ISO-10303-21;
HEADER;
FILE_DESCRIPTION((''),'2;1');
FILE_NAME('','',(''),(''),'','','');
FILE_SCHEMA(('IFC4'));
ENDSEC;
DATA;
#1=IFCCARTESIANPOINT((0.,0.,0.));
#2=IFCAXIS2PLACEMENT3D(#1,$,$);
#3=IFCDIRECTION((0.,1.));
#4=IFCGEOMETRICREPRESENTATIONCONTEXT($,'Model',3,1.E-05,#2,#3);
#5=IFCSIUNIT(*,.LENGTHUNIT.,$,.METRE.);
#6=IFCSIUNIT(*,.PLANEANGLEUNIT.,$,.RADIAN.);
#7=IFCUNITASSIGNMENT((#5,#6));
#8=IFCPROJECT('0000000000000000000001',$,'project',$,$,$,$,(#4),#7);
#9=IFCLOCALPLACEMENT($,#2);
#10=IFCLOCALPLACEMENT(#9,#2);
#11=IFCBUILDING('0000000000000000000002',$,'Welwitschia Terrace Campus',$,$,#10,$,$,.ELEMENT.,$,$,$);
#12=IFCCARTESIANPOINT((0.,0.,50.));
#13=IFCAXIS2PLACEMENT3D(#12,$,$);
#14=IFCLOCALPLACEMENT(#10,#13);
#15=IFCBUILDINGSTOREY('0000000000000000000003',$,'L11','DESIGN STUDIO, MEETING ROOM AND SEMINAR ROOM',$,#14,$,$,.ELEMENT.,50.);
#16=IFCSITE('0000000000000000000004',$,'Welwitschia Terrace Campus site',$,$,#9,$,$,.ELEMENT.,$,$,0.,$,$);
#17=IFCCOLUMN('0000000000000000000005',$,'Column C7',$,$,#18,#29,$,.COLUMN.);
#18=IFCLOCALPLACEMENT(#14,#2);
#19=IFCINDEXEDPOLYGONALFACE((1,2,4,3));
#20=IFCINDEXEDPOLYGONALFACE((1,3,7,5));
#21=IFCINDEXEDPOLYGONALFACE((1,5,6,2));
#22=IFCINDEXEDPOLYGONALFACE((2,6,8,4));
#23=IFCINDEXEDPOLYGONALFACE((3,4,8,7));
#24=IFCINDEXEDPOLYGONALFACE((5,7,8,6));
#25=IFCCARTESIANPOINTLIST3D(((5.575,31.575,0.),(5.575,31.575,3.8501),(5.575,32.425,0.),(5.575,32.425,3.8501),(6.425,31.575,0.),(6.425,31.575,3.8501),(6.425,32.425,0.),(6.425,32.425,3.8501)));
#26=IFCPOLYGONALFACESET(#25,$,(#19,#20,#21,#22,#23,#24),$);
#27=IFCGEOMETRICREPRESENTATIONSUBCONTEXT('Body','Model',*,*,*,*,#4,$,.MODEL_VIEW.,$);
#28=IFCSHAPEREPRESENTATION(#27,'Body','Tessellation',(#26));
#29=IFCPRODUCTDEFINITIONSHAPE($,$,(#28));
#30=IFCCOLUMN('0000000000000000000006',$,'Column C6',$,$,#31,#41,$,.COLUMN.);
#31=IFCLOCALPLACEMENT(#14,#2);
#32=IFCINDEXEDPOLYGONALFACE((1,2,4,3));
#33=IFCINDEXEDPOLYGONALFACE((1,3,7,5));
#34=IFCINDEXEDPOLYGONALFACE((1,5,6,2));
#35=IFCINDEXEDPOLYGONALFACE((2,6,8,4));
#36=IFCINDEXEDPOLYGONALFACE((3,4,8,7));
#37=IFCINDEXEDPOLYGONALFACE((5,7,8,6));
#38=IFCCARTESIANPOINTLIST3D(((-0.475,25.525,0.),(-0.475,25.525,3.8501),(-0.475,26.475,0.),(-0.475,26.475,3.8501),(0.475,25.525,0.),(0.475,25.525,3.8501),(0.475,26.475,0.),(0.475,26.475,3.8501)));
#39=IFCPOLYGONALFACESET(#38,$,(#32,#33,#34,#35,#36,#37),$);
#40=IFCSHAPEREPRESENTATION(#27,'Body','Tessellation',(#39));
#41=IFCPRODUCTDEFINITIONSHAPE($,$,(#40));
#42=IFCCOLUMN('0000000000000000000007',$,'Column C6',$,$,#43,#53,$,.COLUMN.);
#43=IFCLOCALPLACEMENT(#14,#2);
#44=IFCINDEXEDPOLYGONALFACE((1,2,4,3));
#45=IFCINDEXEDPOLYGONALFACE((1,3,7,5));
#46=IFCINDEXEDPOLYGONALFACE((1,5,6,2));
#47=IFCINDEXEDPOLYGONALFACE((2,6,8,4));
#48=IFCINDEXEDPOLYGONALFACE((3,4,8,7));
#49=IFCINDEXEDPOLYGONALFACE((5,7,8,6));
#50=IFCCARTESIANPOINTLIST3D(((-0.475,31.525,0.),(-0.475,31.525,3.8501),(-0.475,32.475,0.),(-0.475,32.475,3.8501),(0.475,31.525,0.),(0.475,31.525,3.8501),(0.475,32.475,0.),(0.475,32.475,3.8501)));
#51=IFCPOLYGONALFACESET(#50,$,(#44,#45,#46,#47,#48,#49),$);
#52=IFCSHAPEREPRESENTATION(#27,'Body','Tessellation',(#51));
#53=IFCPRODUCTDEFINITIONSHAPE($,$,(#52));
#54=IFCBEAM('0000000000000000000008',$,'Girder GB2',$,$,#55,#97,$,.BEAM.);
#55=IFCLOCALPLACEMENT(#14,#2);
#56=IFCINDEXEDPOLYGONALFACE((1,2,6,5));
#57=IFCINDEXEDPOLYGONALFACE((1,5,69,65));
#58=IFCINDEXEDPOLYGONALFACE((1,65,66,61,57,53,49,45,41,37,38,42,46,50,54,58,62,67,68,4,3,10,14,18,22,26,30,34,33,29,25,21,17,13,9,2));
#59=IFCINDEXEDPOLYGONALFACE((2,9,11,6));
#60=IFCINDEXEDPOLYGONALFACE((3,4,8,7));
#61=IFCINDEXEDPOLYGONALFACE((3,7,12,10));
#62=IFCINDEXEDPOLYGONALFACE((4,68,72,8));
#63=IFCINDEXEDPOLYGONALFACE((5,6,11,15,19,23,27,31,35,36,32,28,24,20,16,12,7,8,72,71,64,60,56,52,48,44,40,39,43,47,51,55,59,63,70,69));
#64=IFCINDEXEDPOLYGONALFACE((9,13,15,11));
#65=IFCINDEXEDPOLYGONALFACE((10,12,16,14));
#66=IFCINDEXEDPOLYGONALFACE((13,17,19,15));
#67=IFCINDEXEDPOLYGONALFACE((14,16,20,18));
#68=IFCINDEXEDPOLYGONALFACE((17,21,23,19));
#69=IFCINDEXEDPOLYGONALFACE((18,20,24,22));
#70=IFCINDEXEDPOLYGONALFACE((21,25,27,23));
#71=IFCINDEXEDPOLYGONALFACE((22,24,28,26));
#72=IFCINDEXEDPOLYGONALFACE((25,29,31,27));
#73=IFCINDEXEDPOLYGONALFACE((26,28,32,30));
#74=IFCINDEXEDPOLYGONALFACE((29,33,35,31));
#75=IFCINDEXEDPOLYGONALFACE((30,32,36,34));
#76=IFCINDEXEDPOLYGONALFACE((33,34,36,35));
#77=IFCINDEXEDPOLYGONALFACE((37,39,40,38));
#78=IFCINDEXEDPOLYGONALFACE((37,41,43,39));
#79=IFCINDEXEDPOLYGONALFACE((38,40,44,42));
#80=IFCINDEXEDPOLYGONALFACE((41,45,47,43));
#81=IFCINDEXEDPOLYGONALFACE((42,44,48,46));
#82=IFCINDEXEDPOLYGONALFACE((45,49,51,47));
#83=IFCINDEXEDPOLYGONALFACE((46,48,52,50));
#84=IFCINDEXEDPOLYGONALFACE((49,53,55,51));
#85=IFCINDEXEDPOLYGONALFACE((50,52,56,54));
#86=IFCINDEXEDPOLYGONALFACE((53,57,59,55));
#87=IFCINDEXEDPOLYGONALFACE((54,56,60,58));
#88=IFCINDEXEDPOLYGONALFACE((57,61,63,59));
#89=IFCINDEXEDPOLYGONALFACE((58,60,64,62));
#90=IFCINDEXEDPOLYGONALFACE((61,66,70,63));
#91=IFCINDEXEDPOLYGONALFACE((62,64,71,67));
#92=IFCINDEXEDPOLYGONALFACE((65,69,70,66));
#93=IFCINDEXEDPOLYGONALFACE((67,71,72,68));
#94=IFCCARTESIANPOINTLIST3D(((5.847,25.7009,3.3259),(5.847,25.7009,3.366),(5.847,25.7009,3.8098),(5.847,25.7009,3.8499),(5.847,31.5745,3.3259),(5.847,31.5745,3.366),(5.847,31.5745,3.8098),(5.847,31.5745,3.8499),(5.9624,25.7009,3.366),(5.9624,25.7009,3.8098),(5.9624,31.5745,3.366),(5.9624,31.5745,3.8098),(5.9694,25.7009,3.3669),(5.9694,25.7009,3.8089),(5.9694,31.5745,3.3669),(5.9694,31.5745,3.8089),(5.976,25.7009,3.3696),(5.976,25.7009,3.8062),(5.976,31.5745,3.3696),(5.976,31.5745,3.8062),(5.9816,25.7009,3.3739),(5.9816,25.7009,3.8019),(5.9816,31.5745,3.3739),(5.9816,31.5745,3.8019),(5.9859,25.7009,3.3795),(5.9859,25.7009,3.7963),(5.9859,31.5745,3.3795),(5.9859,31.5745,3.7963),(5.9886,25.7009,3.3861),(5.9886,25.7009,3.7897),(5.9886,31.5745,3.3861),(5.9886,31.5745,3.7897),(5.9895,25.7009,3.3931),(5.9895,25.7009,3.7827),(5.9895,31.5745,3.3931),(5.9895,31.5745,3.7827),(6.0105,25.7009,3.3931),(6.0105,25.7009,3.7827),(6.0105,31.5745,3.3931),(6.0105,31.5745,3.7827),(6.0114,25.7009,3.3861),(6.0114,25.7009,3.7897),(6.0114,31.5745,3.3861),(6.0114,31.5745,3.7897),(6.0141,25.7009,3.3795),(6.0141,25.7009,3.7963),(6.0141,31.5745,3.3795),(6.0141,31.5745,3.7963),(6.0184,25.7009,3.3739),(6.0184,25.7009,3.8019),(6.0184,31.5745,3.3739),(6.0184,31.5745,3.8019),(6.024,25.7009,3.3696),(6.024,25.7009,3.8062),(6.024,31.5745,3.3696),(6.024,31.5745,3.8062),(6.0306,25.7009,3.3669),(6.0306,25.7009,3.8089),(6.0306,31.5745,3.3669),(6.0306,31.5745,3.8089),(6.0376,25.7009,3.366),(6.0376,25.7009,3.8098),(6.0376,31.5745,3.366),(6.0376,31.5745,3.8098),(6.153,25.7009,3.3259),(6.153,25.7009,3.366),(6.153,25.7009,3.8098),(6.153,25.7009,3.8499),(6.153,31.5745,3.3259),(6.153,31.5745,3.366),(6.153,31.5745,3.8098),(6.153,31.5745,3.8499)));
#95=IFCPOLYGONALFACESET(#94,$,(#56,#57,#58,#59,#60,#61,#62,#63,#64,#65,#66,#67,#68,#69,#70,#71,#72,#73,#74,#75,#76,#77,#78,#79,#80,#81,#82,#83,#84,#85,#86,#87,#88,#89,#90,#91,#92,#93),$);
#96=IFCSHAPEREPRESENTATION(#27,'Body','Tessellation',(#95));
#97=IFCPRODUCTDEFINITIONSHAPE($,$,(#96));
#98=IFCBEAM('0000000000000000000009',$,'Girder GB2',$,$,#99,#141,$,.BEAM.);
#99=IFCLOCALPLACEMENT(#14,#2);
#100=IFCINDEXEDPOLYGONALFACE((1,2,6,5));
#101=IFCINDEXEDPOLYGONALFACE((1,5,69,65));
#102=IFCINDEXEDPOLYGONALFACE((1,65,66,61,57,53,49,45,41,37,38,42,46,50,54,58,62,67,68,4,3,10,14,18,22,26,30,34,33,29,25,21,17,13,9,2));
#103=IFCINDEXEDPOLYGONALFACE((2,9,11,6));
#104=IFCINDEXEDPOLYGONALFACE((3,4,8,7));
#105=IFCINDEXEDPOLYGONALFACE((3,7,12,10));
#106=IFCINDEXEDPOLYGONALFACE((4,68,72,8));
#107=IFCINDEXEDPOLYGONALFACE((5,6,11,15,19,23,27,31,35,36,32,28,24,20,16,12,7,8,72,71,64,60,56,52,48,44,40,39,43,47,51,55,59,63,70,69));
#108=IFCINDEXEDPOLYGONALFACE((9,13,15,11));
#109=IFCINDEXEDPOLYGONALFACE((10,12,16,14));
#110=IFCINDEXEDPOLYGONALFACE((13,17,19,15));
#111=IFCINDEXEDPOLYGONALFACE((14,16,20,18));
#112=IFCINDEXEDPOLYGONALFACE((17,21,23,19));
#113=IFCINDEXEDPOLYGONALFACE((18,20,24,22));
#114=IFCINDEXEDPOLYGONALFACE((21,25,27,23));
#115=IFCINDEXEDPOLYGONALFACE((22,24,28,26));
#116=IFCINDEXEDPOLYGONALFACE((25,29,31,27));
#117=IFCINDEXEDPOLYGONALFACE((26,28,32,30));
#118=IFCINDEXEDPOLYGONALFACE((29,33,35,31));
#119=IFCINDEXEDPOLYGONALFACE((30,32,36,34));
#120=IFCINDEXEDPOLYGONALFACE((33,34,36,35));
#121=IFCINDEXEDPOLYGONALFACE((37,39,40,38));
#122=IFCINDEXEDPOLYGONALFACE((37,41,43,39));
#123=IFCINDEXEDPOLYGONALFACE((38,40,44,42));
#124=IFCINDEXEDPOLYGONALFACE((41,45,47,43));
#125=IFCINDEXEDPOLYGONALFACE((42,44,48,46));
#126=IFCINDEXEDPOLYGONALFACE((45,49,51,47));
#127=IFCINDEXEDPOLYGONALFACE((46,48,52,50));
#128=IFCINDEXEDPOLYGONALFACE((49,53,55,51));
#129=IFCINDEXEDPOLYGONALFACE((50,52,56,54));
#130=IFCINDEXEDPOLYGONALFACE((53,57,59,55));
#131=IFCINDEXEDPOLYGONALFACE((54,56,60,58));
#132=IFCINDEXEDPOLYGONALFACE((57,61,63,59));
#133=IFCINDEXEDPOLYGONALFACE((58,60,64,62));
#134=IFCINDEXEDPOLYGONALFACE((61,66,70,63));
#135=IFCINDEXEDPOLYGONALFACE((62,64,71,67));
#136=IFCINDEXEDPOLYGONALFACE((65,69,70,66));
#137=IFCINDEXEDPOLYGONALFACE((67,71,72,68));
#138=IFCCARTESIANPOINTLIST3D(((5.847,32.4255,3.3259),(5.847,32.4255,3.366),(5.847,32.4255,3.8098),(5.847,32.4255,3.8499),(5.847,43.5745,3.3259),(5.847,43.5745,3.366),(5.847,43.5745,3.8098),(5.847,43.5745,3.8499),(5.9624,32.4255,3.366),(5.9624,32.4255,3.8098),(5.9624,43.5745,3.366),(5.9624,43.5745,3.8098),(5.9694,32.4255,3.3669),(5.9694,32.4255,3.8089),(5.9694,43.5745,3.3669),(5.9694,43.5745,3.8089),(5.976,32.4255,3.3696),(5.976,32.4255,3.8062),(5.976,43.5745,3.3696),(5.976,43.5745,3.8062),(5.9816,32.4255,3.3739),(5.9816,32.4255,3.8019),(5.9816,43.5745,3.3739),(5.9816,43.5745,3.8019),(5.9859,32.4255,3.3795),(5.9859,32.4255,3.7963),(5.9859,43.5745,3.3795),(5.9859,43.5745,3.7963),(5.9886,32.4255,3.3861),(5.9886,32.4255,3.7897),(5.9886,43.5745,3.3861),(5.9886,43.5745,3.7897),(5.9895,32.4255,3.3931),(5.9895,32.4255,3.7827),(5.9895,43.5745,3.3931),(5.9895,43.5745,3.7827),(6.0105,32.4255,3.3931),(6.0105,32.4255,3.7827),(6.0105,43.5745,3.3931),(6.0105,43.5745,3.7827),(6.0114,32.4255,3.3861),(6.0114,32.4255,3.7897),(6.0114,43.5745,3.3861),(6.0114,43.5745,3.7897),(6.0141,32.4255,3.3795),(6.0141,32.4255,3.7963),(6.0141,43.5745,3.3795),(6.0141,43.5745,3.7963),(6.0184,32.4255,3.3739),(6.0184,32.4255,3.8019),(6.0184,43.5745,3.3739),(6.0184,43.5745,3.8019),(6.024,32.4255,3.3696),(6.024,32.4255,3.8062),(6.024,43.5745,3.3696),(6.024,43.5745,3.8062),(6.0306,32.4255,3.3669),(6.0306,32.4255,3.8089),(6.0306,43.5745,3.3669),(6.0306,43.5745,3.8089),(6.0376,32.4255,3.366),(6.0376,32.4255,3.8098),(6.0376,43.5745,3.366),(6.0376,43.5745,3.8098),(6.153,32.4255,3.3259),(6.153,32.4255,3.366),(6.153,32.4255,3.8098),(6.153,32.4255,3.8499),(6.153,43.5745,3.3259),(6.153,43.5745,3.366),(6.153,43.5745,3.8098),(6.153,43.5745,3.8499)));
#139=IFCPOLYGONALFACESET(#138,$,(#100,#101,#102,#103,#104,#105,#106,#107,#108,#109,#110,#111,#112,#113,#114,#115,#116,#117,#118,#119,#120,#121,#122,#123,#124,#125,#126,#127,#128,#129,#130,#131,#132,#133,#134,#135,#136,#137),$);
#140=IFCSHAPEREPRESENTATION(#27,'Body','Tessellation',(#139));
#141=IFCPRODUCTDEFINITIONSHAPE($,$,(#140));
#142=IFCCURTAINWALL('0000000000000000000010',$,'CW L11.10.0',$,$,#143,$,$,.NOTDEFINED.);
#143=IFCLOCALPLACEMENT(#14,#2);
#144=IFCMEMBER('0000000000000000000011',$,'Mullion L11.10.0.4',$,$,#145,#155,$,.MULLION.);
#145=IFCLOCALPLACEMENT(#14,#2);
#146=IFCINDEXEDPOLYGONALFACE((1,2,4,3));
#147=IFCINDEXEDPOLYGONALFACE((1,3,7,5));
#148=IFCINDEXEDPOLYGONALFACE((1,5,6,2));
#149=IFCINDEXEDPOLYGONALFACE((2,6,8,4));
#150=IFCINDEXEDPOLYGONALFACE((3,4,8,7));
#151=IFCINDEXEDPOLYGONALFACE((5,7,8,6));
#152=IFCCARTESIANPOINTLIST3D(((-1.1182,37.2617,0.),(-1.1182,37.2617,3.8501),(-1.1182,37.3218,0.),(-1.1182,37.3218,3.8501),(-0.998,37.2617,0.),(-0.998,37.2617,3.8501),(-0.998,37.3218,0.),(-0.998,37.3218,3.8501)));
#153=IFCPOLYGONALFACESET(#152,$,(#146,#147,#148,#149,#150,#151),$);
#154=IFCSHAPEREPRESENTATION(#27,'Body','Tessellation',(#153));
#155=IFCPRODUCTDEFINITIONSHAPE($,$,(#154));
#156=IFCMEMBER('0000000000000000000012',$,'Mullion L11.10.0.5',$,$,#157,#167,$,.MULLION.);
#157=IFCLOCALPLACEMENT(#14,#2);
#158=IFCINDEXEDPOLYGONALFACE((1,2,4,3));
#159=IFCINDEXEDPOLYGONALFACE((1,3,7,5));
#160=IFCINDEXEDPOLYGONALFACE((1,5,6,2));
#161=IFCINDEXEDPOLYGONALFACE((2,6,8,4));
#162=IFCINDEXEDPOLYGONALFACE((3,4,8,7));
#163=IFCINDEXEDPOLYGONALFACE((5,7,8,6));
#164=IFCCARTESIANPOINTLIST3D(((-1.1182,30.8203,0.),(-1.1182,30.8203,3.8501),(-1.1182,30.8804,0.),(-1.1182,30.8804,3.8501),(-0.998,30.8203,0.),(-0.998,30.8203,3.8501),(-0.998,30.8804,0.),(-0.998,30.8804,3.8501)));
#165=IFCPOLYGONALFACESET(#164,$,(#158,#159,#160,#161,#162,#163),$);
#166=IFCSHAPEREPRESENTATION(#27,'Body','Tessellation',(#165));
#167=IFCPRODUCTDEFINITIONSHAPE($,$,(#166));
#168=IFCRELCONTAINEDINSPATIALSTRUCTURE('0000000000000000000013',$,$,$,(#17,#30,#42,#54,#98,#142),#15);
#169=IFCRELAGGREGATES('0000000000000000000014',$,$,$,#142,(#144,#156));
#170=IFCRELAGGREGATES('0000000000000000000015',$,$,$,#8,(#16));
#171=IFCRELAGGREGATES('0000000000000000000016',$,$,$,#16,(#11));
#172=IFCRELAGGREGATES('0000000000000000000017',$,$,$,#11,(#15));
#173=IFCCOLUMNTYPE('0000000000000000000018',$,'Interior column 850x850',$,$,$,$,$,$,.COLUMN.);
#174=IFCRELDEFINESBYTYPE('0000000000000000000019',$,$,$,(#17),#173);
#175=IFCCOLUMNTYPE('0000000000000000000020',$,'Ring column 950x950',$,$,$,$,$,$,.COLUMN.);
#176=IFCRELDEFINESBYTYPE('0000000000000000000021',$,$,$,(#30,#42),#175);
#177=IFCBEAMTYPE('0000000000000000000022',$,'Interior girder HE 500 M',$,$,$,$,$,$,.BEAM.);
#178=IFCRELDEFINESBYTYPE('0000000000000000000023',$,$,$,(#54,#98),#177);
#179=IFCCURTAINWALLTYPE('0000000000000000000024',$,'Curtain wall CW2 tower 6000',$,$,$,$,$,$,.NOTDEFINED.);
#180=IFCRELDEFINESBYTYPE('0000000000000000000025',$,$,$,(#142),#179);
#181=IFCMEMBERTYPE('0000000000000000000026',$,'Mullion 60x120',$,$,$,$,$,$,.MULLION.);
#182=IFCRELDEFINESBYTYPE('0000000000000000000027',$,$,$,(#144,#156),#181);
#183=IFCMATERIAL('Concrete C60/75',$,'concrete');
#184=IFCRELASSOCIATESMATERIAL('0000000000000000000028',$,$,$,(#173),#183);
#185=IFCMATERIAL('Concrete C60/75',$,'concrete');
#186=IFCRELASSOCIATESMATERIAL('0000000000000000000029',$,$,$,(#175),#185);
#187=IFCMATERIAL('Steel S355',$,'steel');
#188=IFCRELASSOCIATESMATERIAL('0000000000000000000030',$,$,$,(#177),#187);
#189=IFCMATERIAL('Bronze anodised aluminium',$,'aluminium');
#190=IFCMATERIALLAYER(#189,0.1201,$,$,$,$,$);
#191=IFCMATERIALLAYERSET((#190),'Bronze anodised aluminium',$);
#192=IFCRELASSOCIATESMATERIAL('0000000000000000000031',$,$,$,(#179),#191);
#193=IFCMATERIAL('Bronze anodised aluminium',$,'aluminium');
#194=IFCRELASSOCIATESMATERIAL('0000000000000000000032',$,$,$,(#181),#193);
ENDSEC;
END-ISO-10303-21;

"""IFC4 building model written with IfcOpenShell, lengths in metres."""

from ifc_helpers import new_model, si_unit, direction, frame, origin, origin_2d, place, context, subcontext, project, spatial, rectangle, i_section, extrude, material, layer, layer_set, material_profile, profile_set, type_object, element, aggregate, save


model = new_model("IFC4")

# Units and contexts
model_context = context("Model", 3, precision=1e-05, world=origin(), true_north=direction((0.0, 1.0)))
body_context = subcontext(model_context, "Body", "Model", "MODEL_VIEW")
ifc_project = project(units=[si_unit("LENGTHUNIT", "METRE"), si_unit("PLANEANGLEUNIT", "RADIAN")], contexts=[model_context])

# Site, building, storey
site_placement = place(None, origin())
site = spatial("IfcSite", under=ifc_project, at=site_placement, Name="Welwitschia Terrace Campus site", CompositionType="ELEMENT", RefElevation=0.0)
building_placement = place(site_placement, origin())
building = spatial("IfcBuilding", under=site, at=building_placement, Name="Welwitschia Terrace Campus", CompositionType="ELEMENT")
storey_placement = place(building_placement, frame((0.0, 0.0, 50.0)))
storey = spatial("IfcBuildingStorey", under=building, at=storey_placement, Name="L11", Description="DESIGN STUDIO, MEETING ROOM AND SEMINAR ROOM", CompositionType="ELEMENT", Elevation=50.0)

# Columns
ifc_material_1 = material(Name="Concrete C60/75", Category="concrete")
ifc_material_profile_1 = material_profile(ifc_material_1, rectangle(XDim=0.8501, YDim=0.8501, at=origin_2d()))
ifc_profile_set_1 = profile_set([ifc_material_profile_1], Name="Concrete C60/75")
column_type_1 = type_object("IfcColumnType", Name="Interior column 850x850", PredefinedType="COLUMN", material=ifc_profile_set_1)
column_placement = place(storey_placement, frame((6.0, 32.0, 0.0), z_axis=(0.0, 0.0, 1.0), x_axis=(1.0, 0.0, 0.0)))
element("IfcColumn", 1, at=column_placement, inside=storey, type_object=column_type_1, Name="Column C7", PredefinedType="COLUMN", context=body_context, shape_type="SweptSolid", body=[
    extrude(rectangle(XDim=0.8501, YDim=0.8501, at=origin_2d()), origin(), (0.0, 0.0, 1.0), 3.8501),
])
ifc_material_2 = material(Name="Concrete C60/75", Category="concrete")
ifc_material_profile_2 = material_profile(ifc_material_2, rectangle(XDim=0.95, YDim=0.95, at=origin_2d()))
ifc_profile_set_2 = profile_set([ifc_material_profile_2], Name="Concrete C60/75")
column_type_2 = type_object("IfcColumnType", Name="Ring column 950x950", PredefinedType="COLUMN", material=ifc_profile_set_2)
for number, where, z_axis, x_axis, name in (
    (2, (0.0, 26.0, 0.0), (0.0, 0.0, 1.0), (1.0, 0.0, 0.0), "Column C6"),
    (3, (0.0, 32.0, 0.0), (0.0, 0.0, 1.0), (1.0, 0.0, 0.0), "Column C6"),
):
    element("IfcColumn", number, at=place(storey_placement, frame(where, z_axis=z_axis, x_axis=x_axis)), inside=storey, type_object=column_type_2, Name=name, PredefinedType="COLUMN", context=body_context, shape_type="SweptSolid", body=[
        extrude(rectangle(XDim=0.95, YDim=0.95, at=origin_2d()), origin(), (0.0, 0.0, 1.0), 3.8501),
    ])

# Beams
ifc_material_3 = material(Name="Steel S355", Category="steel")
ifc_material_profile_3 = material_profile(ifc_material_3, i_section(OverallWidth=0.3059, OverallDepth=0.5239, WebThickness=0.021, FlangeThickness=0.04, FilletRadius=0.0271, at=origin_2d()))
ifc_profile_set_3 = profile_set([ifc_material_profile_3], Name="Steel S355")
beam_type_1 = type_object("IfcBeamType", Name="Interior girder HE 500 M", PredefinedType="BEAM", material=ifc_profile_set_3)
beam_1_placement = place(storey_placement, frame((6.0, 25.7009, 3.5879), z_axis=(0.0, 1.0, 0.0), x_axis=(-1.0, 0.0, 0.0)))
element("IfcBeam", 4, at=beam_1_placement, inside=storey, type_object=beam_type_1, Name="Girder GB2", PredefinedType="BEAM", context=body_context, shape_type="SweptSolid", body=[
    extrude(i_section(OverallWidth=0.3059, OverallDepth=0.5239, WebThickness=0.021, FlangeThickness=0.04, FilletRadius=0.0271, at=origin_2d()), origin(), (0.0, 0.0, 1.0), 5.8735),
])
beam_2_placement = place(storey_placement, frame((6.0, 32.4255, 3.5879), z_axis=(0.0, 1.0, 0.0), x_axis=(-1.0, 0.0, 0.0)))
element("IfcBeam", 5, at=beam_2_placement, inside=storey, type_object=beam_type_1, Name="Girder GB2", PredefinedType="BEAM", context=body_context, shape_type="SweptSolid", body=[
    extrude(i_section(OverallWidth=0.3059, OverallDepth=0.5239, WebThickness=0.021, FlangeThickness=0.04, FilletRadius=0.0271, at=origin_2d()), origin(), (0.0, 0.0, 1.0), 11.1489),
])

# Curtain wall, members
ifc_material_4 = material(Name="Bronze anodised aluminium", Category="aluminium")
ifc_layer_1 = layer(ifc_material_4, 0.1201)
ifc_layer_set_1 = layer_set([ifc_layer_1], Name="Bronze anodised aluminium")
curtain_wall_type = type_object("IfcCurtainWallType", Name="Curtain wall CW2 tower 6000", PredefinedType="NOTDEFINED", material=ifc_layer_set_1)
curtain_wall_placement = place(storey_placement, origin())
curtain_wall = element("IfcCurtainWall", 6, at=curtain_wall_placement, inside=storey, type_object=curtain_wall_type, Name="CW L11.10.0", PredefinedType="NOTDEFINED")
ifc_material_5 = material(Name="Bronze anodised aluminium", Category="aluminium")
ifc_material_profile_4 = material_profile(ifc_material_5, rectangle(XDim=0.1201, YDim=0.0601, at=origin_2d()))
ifc_profile_set_4 = profile_set([ifc_material_profile_4], Name="Bronze anodised aluminium")
member_type = type_object("IfcMemberType", Name="Mullion 60x120", PredefinedType="MULLION", material=ifc_profile_set_4)
member_1_placement = place(storey_placement, frame((-1.0581, 37.2917, 0.0), z_axis=(0.0, 0.0, 1.0), x_axis=(1.0, 0.0, 0.0)))
member_1 = element("IfcMember", 7, at=member_1_placement, type_object=member_type, Name="Mullion L11.10.0.4", PredefinedType="MULLION", context=body_context, shape_type="SweptSolid", body=[
    extrude(rectangle(XDim=0.1201, YDim=0.0601, at=origin_2d()), origin(), (0.0, 0.0, 1.0), 3.8501),
])
member_2_placement = place(storey_placement, frame((-1.0581, 30.8503, 0.0), z_axis=(0.0, 0.0, 1.0), x_axis=(1.0, 0.0, 0.0)))
member_2 = element("IfcMember", 8, at=member_2_placement, type_object=member_type, Name="Mullion L11.10.0.5", PredefinedType="MULLION", context=body_context, shape_type="SweptSolid", body=[
    extrude(rectangle(XDim=0.1201, YDim=0.0601, at=origin_2d()), origin(), (0.0, 0.0, 1.0), 3.8501),
])

aggregate(curtain_wall, [member_1, member_2])

save(model, "model.ifc")
